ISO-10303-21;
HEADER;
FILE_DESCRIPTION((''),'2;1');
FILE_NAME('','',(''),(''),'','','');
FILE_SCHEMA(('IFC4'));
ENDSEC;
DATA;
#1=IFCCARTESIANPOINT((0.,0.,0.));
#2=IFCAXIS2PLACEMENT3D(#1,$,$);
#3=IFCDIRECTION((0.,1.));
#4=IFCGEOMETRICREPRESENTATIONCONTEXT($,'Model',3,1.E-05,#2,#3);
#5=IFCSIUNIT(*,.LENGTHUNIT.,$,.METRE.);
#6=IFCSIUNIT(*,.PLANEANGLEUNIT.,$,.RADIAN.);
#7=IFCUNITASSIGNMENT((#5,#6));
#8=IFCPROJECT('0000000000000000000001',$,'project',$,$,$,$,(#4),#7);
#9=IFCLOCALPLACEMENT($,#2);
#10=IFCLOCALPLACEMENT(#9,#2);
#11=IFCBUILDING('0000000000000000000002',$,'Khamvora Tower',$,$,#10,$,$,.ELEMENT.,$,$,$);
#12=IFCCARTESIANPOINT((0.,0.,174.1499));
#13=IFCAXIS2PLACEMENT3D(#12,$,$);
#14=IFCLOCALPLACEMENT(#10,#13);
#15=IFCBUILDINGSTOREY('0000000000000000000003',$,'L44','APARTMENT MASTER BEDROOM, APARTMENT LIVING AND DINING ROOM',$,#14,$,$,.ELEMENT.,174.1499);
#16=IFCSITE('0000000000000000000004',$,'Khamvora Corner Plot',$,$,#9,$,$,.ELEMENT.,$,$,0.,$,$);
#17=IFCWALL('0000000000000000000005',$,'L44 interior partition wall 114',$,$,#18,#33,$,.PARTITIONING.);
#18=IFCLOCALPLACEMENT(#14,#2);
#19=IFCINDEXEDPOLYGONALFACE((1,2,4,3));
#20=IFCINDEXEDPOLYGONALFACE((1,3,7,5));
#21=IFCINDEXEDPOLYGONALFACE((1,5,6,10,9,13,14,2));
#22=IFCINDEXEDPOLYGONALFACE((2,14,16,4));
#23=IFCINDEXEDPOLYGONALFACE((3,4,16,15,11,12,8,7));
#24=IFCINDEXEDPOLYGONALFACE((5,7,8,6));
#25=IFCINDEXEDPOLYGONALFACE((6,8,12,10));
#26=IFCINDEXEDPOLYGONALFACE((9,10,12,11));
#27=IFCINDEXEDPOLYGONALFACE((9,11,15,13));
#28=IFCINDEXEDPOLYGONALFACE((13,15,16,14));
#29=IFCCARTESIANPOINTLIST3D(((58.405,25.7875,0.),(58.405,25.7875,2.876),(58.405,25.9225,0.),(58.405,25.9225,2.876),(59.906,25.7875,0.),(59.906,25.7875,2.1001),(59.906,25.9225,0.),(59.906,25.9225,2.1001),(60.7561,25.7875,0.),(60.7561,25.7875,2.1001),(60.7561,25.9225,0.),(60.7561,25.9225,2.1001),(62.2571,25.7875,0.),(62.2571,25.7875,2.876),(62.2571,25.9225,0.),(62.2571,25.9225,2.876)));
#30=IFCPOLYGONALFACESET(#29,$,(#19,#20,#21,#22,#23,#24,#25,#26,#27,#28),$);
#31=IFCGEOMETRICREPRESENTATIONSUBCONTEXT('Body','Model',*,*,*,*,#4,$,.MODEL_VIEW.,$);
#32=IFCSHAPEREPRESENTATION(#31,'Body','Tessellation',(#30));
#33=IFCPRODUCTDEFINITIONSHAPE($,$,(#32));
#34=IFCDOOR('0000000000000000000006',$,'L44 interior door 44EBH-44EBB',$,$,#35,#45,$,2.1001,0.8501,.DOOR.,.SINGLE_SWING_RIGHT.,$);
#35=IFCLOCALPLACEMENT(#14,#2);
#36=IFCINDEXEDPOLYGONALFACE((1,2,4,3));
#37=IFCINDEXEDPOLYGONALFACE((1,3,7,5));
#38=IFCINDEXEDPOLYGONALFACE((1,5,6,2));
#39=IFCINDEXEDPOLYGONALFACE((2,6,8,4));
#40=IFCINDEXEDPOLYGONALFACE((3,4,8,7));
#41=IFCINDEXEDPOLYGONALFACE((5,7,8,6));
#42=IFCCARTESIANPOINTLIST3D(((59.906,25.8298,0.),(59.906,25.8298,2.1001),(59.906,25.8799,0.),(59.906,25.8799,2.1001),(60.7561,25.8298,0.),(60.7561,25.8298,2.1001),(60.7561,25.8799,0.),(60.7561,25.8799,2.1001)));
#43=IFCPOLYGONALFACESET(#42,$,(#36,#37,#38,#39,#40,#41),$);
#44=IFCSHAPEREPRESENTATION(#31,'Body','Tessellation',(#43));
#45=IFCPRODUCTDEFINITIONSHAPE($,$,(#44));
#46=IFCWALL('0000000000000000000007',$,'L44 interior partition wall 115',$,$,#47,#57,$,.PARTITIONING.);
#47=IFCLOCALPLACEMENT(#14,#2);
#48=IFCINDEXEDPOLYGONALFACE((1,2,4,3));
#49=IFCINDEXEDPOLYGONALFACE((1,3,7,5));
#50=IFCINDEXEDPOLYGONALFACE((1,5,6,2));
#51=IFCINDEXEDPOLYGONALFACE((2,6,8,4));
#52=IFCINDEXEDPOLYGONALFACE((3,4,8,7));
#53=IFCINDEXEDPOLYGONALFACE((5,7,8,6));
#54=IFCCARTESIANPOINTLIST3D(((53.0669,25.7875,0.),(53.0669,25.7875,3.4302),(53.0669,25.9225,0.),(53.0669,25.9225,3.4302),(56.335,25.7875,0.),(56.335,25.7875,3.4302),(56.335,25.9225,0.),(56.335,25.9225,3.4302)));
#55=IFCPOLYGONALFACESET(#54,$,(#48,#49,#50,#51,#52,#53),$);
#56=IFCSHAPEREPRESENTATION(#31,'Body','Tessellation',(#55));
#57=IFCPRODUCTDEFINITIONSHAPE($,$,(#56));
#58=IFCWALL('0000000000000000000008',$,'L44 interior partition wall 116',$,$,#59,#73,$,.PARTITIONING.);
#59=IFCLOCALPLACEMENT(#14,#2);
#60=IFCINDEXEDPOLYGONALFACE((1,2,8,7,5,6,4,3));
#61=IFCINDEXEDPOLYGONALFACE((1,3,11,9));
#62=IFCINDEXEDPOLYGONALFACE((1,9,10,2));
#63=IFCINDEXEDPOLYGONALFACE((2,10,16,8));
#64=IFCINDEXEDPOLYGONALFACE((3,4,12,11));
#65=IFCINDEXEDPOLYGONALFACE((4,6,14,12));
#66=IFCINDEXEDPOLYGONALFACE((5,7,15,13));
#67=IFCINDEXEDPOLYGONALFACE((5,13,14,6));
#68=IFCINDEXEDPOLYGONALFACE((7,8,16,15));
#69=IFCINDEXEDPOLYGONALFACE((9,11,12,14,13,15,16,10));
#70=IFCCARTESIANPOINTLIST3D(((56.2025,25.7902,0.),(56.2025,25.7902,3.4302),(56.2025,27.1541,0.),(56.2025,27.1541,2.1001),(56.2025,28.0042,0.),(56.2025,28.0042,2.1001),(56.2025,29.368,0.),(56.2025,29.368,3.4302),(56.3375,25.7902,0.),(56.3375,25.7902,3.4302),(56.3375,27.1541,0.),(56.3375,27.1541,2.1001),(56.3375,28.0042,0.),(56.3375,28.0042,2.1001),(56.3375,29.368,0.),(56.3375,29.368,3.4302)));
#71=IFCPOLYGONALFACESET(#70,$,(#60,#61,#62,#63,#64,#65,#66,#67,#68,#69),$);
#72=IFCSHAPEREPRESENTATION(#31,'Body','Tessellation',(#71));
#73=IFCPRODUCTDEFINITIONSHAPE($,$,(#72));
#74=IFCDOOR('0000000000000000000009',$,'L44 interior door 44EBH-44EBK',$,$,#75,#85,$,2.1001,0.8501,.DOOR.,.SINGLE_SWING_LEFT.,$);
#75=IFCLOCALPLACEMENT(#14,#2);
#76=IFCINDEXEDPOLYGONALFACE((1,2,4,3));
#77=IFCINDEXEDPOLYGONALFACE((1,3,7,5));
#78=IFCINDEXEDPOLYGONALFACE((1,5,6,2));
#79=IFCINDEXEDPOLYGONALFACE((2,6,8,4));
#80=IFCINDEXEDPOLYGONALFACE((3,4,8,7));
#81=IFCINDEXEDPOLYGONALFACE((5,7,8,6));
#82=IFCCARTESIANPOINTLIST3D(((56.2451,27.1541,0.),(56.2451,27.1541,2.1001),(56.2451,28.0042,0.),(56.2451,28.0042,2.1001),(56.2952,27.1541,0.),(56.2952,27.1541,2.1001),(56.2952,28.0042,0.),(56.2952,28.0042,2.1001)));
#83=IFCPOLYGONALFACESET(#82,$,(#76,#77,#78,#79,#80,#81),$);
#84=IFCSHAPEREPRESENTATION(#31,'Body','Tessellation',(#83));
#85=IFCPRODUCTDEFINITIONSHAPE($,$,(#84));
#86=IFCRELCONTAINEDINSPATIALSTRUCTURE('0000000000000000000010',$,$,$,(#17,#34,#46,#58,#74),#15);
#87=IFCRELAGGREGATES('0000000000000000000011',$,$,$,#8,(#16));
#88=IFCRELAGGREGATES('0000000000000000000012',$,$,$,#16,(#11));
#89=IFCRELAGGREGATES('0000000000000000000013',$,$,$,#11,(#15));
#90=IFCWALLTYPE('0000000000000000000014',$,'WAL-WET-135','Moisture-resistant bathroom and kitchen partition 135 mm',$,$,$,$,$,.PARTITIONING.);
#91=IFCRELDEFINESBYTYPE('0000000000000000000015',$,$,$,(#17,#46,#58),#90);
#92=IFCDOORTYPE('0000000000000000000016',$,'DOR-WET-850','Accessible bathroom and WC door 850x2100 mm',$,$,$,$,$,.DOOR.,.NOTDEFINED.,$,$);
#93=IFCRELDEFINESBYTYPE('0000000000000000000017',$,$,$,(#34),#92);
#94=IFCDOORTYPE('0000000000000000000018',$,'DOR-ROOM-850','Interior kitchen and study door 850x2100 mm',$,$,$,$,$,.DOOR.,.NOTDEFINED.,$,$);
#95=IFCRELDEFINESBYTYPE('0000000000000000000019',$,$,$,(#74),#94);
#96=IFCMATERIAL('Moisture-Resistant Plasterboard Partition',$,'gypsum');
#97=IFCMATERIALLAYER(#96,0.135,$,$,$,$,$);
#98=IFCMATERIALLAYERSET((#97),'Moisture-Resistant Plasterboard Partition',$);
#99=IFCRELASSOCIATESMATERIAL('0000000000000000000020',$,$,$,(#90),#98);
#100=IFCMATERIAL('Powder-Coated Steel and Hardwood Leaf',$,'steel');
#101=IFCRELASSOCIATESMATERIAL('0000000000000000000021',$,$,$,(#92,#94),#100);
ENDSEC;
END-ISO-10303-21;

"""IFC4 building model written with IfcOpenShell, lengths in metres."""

from ifc_helpers import new_model, si_unit, direction, frame, frame_2d, origin, place, context, subcontext, project, spatial, rectangle, extrude, material, layer, layer_set, type_object, element, fill, save


model = new_model("IFC4")

# Units and contexts
model_context = context("Model", 3, precision=1e-05, world=origin(), true_north=direction((0.0, 1.0)))
body_context = subcontext(model_context, "Body", "Model", "MODEL_VIEW")
ifc_project = project(units=[si_unit("LENGTHUNIT", "METRE"), si_unit("PLANEANGLEUNIT", "RADIAN")], contexts=[model_context])

# Site, building, storey
site_placement = place(None, origin())
site = spatial("IfcSite", under=ifc_project, at=site_placement, Name="Khamvora Corner Plot", CompositionType="ELEMENT", RefElevation=0.0)
building_placement = place(site_placement, origin())
building = spatial("IfcBuilding", under=site, at=building_placement, Name="Khamvora Tower", CompositionType="ELEMENT")
storey_placement = place(building_placement, frame((0.0, 0.0, 174.1499)))
storey = spatial("IfcBuildingStorey", under=building, at=storey_placement, Name="L44", Description="APARTMENT MASTER BEDROOM, APARTMENT LIVING AND DINING ROOM", CompositionType="ELEMENT", Elevation=174.1499)

# Shared definitions
ifc_material_1 = material(Name="Powder-Coated Steel and Hardwood Leaf", Category="steel")

# Shared definitions
ifc_material_2 = material(Name="Moisture-Resistant Plasterboard Partition", Category="gypsum")
ifc_layer_1 = layer(ifc_material_2, 0.135)
ifc_layer_set_1 = layer_set([ifc_layer_1], Name="Moisture-Resistant Plasterboard Partition")
wall_type_1 = type_object("IfcWallType", Name="WAL-WET-135", Description="Moisture-resistant bathroom and kitchen partition 135 mm", PredefinedType="PARTITIONING", material=ifc_layer_set_1)

# Wall, opening, door
wall_1_placement = place(storey_placement, frame((58.405, 25.855, 0.0), z_axis=(0.0, 0.0, 1.0), x_axis=(1.0, 0.0, 0.0)))
wall_1 = element("IfcWall", 1, at=wall_1_placement, inside=storey, type_object=wall_type_1, Name="L44 interior partition wall 114", PredefinedType="PARTITIONING", context=body_context, shape_type="SweptSolid", body=[
    extrude(rectangle(XDim=3.8521, YDim=0.135, at=frame_2d((1.926, 0.0))), origin(), (0.0, 0.0, 1.0), 2.876),
])
opening_1_placement = place(wall_1_placement, frame((1.501, 0.0, 0.0)))
opening_1 = element("IfcOpeningElement", 2, at=opening_1_placement, cuts=wall_1, PredefinedType="OPENING", context=body_context, shape_type="SweptSolid", body=[
    extrude(rectangle(XDim=0.8501, YDim=2.1001, at=frame_2d((0.425, 1.05))), frame((0.0, 0.0774, 0.0), z_axis=(0.0, -1.0, 0.0), x_axis=(1.0, 0.0, 0.0)), (0.0, 0.0, 1.0), 0.155),
])
door_type_1 = type_object("IfcDoorType", Name="DOR-WET-850", Description="Accessible bathroom and WC door 850x2100 mm", OperationType="NOTDEFINED", PredefinedType="DOOR", material=ifc_material_1)
door_1_placement = place(opening_1_placement, origin())
door_1 = element("IfcDoor", 3, at=door_1_placement, inside=storey, type_object=door_type_1, Name="L44 interior door 44EBH-44EBB", OperationType="SINGLE_SWING_RIGHT", OverallHeight=2.1001, OverallWidth=0.8501, PredefinedType="DOOR", context=body_context, shape_type="SweptSolid", body=[
    extrude(rectangle(XDim=0.8501, YDim=2.1001, at=frame_2d((0.425, 1.05))), frame((0.0, 0.0249, 0.0), z_axis=(0.0, -1.0, 0.0), x_axis=(1.0, 0.0, 0.0)), (0.0, 0.0, 1.0), 0.05),
])
fill(opening_1, door_1)

# Wall
wall_2_placement = place(storey_placement, frame((53.0669, 25.855, 0.0), z_axis=(0.0, 0.0, 1.0), x_axis=(1.0, 0.0, 0.0)))
element("IfcWall", 4, at=wall_2_placement, inside=storey, type_object=wall_type_1, Name="L44 interior partition wall 115", PredefinedType="PARTITIONING", context=body_context, shape_type="SweptSolid", body=[
    extrude(rectangle(XDim=3.2681, YDim=0.135, at=frame_2d((1.634, 0.0))), origin(), (0.0, 0.0, 1.0), 3.4302),
])

# Wall, opening, door
wall_3_placement = place(storey_placement, frame((56.27, 25.79, 0.0), z_axis=(0.0, 0.0, 1.0), x_axis=(0.0, 1.0, 0.0)))
wall_3 = element("IfcWall", 5, at=wall_3_placement, inside=storey, type_object=wall_type_1, Name="L44 interior partition wall 116", PredefinedType="PARTITIONING", context=body_context, shape_type="SweptSolid", body=[
    extrude(rectangle(XDim=3.5779, YDim=0.135, at=frame_2d((1.7891, 0.0))), origin(), (0.0, 0.0, 1.0), 3.4302),
])
opening_2_placement = place(wall_3_placement, frame((1.364, 0.0, 0.0)))
opening_2 = element("IfcOpeningElement", 6, at=opening_2_placement, cuts=wall_3, PredefinedType="OPENING", context=body_context, shape_type="SweptSolid", body=[
    extrude(rectangle(XDim=0.8501, YDim=2.1001, at=frame_2d((0.425, 1.05))), frame((0.0, 0.0774, 0.0), z_axis=(0.0, -1.0, 0.0), x_axis=(1.0, 0.0, 0.0)), (0.0, 0.0, 1.0), 0.155),
])
door_type_2 = type_object("IfcDoorType", Name="DOR-ROOM-850", Description="Interior kitchen and study door 850x2100 mm", OperationType="NOTDEFINED", PredefinedType="DOOR", material=ifc_material_1)
door_2_placement = place(opening_2_placement, origin())
door_2 = element("IfcDoor", 7, at=door_2_placement, inside=storey, type_object=door_type_2, Name="L44 interior door 44EBH-44EBK", OperationType="SINGLE_SWING_LEFT", OverallHeight=2.1001, OverallWidth=0.8501, PredefinedType="DOOR", context=body_context, shape_type="SweptSolid", body=[
    extrude(rectangle(XDim=0.8501, YDim=2.1001, at=frame_2d((0.425, 1.05))), frame((0.0, 0.0249, 0.0), z_axis=(0.0, -1.0, 0.0), x_axis=(1.0, 0.0, 0.0)), (0.0, 0.0, 1.0), 0.05),
])
fill(opening_2, door_2)

save(model, "model.ifc")
